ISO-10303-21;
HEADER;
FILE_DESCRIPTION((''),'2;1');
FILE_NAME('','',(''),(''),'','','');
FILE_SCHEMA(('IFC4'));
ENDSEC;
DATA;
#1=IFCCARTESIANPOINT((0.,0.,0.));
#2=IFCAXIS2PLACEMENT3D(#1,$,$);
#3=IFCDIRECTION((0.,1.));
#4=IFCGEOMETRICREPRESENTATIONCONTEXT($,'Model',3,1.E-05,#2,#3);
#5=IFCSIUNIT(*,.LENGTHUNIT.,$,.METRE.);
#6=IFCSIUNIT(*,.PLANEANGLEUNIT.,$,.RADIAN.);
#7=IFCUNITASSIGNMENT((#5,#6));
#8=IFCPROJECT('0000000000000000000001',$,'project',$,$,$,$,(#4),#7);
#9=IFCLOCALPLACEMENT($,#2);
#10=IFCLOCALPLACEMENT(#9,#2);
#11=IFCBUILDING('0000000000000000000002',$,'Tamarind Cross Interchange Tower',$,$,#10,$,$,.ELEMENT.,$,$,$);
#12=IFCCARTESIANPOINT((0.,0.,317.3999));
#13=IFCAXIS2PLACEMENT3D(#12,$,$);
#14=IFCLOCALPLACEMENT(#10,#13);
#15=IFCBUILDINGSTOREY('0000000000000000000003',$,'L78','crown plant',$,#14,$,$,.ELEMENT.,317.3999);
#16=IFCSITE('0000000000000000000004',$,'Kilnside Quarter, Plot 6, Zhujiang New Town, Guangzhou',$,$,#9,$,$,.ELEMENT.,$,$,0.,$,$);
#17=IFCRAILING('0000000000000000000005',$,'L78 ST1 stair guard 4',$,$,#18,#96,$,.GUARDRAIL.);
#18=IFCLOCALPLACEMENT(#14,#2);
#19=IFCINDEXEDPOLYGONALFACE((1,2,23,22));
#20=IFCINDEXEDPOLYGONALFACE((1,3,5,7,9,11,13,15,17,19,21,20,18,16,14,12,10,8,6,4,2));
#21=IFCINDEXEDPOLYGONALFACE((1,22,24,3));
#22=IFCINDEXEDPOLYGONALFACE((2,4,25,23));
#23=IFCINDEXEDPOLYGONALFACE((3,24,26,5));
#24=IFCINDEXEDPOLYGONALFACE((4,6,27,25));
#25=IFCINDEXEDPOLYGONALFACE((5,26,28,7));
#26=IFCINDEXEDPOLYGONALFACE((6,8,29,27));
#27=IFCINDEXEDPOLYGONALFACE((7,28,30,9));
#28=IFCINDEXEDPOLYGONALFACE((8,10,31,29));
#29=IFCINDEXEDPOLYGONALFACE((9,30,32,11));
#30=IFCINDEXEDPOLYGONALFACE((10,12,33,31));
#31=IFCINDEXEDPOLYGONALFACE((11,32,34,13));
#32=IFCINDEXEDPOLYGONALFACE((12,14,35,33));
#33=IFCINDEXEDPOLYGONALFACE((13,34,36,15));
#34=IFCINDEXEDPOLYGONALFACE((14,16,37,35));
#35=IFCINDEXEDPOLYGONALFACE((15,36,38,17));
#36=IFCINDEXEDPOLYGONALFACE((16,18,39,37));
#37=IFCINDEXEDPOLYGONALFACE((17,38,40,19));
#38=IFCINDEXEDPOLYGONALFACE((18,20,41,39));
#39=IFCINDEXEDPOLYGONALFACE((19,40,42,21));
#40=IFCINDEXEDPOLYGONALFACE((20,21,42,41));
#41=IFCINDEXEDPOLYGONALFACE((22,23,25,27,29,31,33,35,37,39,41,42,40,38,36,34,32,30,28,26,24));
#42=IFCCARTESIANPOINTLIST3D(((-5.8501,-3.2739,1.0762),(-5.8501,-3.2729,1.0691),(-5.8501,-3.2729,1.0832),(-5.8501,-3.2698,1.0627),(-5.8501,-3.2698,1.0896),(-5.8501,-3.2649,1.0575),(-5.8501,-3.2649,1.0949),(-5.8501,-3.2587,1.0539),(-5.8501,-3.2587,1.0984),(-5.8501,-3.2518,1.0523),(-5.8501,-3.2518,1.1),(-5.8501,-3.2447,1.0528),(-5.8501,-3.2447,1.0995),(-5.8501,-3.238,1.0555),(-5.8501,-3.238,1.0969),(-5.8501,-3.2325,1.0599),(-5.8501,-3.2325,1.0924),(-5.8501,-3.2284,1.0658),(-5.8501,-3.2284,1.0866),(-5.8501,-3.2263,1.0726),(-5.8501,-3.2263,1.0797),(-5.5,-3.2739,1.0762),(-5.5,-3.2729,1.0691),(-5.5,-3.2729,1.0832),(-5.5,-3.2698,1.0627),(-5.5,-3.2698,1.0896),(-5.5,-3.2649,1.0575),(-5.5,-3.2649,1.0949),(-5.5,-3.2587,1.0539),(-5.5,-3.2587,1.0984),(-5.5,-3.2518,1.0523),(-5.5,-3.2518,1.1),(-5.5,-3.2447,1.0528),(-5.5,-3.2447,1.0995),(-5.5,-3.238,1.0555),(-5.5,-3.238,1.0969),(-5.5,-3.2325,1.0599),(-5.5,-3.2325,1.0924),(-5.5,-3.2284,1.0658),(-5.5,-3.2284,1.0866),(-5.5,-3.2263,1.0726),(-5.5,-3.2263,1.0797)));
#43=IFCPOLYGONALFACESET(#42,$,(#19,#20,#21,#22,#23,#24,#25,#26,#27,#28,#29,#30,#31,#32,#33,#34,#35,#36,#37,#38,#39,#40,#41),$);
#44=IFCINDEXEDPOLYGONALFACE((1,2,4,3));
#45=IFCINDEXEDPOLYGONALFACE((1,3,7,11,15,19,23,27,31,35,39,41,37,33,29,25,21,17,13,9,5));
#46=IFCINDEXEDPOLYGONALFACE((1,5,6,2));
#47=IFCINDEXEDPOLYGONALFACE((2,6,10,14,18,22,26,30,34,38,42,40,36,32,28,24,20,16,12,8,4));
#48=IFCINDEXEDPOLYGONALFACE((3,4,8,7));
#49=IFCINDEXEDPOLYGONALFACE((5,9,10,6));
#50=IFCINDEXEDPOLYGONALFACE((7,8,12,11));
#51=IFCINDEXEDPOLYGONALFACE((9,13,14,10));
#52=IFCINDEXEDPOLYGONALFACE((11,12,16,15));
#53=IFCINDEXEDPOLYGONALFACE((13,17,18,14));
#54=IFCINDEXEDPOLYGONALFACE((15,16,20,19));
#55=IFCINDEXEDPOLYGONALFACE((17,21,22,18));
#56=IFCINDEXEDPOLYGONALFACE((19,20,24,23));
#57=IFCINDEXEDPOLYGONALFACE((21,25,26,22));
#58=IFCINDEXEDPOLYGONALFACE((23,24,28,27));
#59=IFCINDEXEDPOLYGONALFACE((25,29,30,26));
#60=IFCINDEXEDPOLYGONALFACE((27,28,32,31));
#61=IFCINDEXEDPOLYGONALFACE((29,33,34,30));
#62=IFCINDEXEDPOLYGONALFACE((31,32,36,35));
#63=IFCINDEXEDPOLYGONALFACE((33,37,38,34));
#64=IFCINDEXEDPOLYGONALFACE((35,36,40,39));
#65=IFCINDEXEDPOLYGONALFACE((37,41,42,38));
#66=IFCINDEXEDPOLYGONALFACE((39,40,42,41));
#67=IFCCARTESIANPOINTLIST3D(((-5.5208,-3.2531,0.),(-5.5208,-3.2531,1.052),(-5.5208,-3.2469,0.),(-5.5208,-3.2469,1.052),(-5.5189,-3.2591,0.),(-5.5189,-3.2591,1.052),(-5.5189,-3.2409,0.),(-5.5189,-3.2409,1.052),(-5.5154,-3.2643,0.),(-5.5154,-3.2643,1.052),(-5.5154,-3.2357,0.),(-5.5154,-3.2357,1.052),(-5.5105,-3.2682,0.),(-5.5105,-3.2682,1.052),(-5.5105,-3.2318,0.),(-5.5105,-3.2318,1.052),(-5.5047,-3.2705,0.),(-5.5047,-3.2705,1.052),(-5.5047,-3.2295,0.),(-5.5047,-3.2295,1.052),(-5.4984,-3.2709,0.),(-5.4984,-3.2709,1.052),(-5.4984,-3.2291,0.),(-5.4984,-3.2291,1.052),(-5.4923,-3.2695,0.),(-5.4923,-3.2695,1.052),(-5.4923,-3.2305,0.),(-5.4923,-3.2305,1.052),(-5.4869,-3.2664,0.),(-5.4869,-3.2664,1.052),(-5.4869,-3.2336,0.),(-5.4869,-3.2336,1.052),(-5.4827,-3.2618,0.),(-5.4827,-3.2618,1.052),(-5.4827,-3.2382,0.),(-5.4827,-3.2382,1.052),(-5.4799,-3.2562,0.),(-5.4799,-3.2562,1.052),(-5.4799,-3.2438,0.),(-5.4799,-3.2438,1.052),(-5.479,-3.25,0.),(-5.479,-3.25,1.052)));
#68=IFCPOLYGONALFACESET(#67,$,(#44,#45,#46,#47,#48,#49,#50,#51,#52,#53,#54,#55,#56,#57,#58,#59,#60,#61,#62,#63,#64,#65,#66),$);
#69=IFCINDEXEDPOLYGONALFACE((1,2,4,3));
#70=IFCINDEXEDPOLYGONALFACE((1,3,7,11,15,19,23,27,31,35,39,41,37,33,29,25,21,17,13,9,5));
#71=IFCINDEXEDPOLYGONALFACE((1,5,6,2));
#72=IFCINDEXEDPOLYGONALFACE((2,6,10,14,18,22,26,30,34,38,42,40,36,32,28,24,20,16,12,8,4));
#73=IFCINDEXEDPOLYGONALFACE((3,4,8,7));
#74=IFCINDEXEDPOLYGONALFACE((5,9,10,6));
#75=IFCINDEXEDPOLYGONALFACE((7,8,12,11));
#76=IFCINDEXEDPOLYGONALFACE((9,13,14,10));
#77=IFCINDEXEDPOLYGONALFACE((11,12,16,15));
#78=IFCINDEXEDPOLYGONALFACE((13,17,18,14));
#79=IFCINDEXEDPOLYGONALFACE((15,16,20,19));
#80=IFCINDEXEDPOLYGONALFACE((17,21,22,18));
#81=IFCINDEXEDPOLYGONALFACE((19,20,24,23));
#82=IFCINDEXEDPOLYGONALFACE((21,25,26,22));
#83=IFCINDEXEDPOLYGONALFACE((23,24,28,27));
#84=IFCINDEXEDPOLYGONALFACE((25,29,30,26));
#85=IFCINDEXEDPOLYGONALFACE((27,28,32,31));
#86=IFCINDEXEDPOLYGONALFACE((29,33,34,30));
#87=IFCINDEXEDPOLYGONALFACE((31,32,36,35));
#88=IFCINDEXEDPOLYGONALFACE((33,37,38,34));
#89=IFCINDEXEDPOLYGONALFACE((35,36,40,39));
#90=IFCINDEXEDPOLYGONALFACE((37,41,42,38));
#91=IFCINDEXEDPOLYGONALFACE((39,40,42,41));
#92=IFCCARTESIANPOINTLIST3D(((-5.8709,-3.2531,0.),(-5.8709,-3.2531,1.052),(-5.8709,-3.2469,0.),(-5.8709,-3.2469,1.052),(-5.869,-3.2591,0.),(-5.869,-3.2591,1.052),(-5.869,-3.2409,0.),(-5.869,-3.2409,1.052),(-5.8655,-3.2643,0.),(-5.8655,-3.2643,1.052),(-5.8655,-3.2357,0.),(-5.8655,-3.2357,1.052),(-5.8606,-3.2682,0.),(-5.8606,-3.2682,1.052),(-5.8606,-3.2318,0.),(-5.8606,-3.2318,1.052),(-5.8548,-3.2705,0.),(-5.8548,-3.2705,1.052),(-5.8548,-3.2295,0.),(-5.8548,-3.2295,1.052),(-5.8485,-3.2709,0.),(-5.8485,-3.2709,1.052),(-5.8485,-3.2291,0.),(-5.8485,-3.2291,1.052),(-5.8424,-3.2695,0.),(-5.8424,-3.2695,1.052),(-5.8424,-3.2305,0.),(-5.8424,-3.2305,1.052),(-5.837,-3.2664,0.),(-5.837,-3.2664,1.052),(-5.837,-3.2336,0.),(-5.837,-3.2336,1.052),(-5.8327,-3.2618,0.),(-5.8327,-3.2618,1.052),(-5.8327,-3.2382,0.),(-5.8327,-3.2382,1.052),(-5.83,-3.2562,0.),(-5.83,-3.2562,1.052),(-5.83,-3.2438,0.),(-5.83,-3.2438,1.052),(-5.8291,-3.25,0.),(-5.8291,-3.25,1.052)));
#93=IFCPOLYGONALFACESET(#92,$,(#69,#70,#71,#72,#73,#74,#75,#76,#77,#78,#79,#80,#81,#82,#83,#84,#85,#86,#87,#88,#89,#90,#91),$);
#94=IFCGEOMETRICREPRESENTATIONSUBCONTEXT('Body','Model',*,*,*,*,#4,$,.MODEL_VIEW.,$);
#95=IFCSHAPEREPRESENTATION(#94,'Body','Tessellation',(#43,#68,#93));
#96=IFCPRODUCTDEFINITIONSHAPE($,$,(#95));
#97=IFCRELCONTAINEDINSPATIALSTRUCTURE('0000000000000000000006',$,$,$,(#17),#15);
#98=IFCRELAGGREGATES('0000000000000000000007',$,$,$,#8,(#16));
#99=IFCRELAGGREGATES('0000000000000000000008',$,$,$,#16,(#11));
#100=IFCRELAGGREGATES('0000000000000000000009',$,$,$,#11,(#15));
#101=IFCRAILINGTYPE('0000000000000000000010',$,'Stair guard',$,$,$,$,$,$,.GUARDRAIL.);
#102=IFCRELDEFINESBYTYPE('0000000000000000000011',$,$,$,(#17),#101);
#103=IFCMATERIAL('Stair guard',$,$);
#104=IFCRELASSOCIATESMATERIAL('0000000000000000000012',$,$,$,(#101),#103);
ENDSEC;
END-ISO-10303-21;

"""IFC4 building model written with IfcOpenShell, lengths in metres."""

from ifc_helpers import new_model, si_unit, direction, frame, origin, origin_2d, place, context, subcontext, project, spatial, circle, extrude, material, type_object, element, save


model = new_model("IFC4")

# Units and contexts
model_context = context("Model", 3, precision=1e-05, world=origin(), true_north=direction((0.0, 1.0)))
body_context = subcontext(model_context, "Body", "Model", "MODEL_VIEW")
ifc_project = project(units=[si_unit("LENGTHUNIT", "METRE"), si_unit("PLANEANGLEUNIT", "RADIAN")], contexts=[model_context])

# Site, building, storey
site_placement = place(None, origin())
site = spatial("IfcSite", under=ifc_project, at=site_placement, Name="Kilnside Quarter, Plot 6, Zhujiang New Town, Guangzhou", CompositionType="ELEMENT", RefElevation=0.0)
building_placement = place(site_placement, origin())
building = spatial("IfcBuilding", under=site, at=building_placement, Name="Tamarind Cross Interchange Tower", CompositionType="ELEMENT")
storey_placement = place(building_placement, frame((0.0, 0.0, 317.3999)))
storey = spatial("IfcBuildingStorey", under=building, at=storey_placement, Name="L78", Description="crown plant", CompositionType="ELEMENT", Elevation=317.3999)

# Railing
ifc_material_1 = material(Name="Stair guard")
railing_type_1 = type_object("IfcRailingType", Name="Stair guard", PredefinedType="GUARDRAIL", material=ifc_material_1)
railing_1_placement = place(storey_placement, frame((-5.5, -3.25, 0.0)))
element("IfcRailing", 1, at=railing_1_placement, inside=storey, type_object=railing_type_1, Name="L78 ST1 stair guard 4", PredefinedType="GUARDRAIL", context=body_context, shape_type="SweptSolid", body=[
    extrude(circle(Radius=0.0239, at=origin_2d()), frame((0.0, 0.0, 1.0762), z_axis=(-1.0, 0.0, 0.0), x_axis=(0.0, -1.0, 0.0)), (0.0, 0.0, 1.0), 0.3501),
    extrude(circle(Radius=0.021, at=origin_2d()), origin(), (0.0, 0.0, 1.0), 1.052),
    extrude(circle(Radius=0.021, at=origin_2d()), frame((-0.3501, 0.0, 0.0)), (0.0, 0.0, 1.0), 1.052),
])

save(model, "model.ifc")
